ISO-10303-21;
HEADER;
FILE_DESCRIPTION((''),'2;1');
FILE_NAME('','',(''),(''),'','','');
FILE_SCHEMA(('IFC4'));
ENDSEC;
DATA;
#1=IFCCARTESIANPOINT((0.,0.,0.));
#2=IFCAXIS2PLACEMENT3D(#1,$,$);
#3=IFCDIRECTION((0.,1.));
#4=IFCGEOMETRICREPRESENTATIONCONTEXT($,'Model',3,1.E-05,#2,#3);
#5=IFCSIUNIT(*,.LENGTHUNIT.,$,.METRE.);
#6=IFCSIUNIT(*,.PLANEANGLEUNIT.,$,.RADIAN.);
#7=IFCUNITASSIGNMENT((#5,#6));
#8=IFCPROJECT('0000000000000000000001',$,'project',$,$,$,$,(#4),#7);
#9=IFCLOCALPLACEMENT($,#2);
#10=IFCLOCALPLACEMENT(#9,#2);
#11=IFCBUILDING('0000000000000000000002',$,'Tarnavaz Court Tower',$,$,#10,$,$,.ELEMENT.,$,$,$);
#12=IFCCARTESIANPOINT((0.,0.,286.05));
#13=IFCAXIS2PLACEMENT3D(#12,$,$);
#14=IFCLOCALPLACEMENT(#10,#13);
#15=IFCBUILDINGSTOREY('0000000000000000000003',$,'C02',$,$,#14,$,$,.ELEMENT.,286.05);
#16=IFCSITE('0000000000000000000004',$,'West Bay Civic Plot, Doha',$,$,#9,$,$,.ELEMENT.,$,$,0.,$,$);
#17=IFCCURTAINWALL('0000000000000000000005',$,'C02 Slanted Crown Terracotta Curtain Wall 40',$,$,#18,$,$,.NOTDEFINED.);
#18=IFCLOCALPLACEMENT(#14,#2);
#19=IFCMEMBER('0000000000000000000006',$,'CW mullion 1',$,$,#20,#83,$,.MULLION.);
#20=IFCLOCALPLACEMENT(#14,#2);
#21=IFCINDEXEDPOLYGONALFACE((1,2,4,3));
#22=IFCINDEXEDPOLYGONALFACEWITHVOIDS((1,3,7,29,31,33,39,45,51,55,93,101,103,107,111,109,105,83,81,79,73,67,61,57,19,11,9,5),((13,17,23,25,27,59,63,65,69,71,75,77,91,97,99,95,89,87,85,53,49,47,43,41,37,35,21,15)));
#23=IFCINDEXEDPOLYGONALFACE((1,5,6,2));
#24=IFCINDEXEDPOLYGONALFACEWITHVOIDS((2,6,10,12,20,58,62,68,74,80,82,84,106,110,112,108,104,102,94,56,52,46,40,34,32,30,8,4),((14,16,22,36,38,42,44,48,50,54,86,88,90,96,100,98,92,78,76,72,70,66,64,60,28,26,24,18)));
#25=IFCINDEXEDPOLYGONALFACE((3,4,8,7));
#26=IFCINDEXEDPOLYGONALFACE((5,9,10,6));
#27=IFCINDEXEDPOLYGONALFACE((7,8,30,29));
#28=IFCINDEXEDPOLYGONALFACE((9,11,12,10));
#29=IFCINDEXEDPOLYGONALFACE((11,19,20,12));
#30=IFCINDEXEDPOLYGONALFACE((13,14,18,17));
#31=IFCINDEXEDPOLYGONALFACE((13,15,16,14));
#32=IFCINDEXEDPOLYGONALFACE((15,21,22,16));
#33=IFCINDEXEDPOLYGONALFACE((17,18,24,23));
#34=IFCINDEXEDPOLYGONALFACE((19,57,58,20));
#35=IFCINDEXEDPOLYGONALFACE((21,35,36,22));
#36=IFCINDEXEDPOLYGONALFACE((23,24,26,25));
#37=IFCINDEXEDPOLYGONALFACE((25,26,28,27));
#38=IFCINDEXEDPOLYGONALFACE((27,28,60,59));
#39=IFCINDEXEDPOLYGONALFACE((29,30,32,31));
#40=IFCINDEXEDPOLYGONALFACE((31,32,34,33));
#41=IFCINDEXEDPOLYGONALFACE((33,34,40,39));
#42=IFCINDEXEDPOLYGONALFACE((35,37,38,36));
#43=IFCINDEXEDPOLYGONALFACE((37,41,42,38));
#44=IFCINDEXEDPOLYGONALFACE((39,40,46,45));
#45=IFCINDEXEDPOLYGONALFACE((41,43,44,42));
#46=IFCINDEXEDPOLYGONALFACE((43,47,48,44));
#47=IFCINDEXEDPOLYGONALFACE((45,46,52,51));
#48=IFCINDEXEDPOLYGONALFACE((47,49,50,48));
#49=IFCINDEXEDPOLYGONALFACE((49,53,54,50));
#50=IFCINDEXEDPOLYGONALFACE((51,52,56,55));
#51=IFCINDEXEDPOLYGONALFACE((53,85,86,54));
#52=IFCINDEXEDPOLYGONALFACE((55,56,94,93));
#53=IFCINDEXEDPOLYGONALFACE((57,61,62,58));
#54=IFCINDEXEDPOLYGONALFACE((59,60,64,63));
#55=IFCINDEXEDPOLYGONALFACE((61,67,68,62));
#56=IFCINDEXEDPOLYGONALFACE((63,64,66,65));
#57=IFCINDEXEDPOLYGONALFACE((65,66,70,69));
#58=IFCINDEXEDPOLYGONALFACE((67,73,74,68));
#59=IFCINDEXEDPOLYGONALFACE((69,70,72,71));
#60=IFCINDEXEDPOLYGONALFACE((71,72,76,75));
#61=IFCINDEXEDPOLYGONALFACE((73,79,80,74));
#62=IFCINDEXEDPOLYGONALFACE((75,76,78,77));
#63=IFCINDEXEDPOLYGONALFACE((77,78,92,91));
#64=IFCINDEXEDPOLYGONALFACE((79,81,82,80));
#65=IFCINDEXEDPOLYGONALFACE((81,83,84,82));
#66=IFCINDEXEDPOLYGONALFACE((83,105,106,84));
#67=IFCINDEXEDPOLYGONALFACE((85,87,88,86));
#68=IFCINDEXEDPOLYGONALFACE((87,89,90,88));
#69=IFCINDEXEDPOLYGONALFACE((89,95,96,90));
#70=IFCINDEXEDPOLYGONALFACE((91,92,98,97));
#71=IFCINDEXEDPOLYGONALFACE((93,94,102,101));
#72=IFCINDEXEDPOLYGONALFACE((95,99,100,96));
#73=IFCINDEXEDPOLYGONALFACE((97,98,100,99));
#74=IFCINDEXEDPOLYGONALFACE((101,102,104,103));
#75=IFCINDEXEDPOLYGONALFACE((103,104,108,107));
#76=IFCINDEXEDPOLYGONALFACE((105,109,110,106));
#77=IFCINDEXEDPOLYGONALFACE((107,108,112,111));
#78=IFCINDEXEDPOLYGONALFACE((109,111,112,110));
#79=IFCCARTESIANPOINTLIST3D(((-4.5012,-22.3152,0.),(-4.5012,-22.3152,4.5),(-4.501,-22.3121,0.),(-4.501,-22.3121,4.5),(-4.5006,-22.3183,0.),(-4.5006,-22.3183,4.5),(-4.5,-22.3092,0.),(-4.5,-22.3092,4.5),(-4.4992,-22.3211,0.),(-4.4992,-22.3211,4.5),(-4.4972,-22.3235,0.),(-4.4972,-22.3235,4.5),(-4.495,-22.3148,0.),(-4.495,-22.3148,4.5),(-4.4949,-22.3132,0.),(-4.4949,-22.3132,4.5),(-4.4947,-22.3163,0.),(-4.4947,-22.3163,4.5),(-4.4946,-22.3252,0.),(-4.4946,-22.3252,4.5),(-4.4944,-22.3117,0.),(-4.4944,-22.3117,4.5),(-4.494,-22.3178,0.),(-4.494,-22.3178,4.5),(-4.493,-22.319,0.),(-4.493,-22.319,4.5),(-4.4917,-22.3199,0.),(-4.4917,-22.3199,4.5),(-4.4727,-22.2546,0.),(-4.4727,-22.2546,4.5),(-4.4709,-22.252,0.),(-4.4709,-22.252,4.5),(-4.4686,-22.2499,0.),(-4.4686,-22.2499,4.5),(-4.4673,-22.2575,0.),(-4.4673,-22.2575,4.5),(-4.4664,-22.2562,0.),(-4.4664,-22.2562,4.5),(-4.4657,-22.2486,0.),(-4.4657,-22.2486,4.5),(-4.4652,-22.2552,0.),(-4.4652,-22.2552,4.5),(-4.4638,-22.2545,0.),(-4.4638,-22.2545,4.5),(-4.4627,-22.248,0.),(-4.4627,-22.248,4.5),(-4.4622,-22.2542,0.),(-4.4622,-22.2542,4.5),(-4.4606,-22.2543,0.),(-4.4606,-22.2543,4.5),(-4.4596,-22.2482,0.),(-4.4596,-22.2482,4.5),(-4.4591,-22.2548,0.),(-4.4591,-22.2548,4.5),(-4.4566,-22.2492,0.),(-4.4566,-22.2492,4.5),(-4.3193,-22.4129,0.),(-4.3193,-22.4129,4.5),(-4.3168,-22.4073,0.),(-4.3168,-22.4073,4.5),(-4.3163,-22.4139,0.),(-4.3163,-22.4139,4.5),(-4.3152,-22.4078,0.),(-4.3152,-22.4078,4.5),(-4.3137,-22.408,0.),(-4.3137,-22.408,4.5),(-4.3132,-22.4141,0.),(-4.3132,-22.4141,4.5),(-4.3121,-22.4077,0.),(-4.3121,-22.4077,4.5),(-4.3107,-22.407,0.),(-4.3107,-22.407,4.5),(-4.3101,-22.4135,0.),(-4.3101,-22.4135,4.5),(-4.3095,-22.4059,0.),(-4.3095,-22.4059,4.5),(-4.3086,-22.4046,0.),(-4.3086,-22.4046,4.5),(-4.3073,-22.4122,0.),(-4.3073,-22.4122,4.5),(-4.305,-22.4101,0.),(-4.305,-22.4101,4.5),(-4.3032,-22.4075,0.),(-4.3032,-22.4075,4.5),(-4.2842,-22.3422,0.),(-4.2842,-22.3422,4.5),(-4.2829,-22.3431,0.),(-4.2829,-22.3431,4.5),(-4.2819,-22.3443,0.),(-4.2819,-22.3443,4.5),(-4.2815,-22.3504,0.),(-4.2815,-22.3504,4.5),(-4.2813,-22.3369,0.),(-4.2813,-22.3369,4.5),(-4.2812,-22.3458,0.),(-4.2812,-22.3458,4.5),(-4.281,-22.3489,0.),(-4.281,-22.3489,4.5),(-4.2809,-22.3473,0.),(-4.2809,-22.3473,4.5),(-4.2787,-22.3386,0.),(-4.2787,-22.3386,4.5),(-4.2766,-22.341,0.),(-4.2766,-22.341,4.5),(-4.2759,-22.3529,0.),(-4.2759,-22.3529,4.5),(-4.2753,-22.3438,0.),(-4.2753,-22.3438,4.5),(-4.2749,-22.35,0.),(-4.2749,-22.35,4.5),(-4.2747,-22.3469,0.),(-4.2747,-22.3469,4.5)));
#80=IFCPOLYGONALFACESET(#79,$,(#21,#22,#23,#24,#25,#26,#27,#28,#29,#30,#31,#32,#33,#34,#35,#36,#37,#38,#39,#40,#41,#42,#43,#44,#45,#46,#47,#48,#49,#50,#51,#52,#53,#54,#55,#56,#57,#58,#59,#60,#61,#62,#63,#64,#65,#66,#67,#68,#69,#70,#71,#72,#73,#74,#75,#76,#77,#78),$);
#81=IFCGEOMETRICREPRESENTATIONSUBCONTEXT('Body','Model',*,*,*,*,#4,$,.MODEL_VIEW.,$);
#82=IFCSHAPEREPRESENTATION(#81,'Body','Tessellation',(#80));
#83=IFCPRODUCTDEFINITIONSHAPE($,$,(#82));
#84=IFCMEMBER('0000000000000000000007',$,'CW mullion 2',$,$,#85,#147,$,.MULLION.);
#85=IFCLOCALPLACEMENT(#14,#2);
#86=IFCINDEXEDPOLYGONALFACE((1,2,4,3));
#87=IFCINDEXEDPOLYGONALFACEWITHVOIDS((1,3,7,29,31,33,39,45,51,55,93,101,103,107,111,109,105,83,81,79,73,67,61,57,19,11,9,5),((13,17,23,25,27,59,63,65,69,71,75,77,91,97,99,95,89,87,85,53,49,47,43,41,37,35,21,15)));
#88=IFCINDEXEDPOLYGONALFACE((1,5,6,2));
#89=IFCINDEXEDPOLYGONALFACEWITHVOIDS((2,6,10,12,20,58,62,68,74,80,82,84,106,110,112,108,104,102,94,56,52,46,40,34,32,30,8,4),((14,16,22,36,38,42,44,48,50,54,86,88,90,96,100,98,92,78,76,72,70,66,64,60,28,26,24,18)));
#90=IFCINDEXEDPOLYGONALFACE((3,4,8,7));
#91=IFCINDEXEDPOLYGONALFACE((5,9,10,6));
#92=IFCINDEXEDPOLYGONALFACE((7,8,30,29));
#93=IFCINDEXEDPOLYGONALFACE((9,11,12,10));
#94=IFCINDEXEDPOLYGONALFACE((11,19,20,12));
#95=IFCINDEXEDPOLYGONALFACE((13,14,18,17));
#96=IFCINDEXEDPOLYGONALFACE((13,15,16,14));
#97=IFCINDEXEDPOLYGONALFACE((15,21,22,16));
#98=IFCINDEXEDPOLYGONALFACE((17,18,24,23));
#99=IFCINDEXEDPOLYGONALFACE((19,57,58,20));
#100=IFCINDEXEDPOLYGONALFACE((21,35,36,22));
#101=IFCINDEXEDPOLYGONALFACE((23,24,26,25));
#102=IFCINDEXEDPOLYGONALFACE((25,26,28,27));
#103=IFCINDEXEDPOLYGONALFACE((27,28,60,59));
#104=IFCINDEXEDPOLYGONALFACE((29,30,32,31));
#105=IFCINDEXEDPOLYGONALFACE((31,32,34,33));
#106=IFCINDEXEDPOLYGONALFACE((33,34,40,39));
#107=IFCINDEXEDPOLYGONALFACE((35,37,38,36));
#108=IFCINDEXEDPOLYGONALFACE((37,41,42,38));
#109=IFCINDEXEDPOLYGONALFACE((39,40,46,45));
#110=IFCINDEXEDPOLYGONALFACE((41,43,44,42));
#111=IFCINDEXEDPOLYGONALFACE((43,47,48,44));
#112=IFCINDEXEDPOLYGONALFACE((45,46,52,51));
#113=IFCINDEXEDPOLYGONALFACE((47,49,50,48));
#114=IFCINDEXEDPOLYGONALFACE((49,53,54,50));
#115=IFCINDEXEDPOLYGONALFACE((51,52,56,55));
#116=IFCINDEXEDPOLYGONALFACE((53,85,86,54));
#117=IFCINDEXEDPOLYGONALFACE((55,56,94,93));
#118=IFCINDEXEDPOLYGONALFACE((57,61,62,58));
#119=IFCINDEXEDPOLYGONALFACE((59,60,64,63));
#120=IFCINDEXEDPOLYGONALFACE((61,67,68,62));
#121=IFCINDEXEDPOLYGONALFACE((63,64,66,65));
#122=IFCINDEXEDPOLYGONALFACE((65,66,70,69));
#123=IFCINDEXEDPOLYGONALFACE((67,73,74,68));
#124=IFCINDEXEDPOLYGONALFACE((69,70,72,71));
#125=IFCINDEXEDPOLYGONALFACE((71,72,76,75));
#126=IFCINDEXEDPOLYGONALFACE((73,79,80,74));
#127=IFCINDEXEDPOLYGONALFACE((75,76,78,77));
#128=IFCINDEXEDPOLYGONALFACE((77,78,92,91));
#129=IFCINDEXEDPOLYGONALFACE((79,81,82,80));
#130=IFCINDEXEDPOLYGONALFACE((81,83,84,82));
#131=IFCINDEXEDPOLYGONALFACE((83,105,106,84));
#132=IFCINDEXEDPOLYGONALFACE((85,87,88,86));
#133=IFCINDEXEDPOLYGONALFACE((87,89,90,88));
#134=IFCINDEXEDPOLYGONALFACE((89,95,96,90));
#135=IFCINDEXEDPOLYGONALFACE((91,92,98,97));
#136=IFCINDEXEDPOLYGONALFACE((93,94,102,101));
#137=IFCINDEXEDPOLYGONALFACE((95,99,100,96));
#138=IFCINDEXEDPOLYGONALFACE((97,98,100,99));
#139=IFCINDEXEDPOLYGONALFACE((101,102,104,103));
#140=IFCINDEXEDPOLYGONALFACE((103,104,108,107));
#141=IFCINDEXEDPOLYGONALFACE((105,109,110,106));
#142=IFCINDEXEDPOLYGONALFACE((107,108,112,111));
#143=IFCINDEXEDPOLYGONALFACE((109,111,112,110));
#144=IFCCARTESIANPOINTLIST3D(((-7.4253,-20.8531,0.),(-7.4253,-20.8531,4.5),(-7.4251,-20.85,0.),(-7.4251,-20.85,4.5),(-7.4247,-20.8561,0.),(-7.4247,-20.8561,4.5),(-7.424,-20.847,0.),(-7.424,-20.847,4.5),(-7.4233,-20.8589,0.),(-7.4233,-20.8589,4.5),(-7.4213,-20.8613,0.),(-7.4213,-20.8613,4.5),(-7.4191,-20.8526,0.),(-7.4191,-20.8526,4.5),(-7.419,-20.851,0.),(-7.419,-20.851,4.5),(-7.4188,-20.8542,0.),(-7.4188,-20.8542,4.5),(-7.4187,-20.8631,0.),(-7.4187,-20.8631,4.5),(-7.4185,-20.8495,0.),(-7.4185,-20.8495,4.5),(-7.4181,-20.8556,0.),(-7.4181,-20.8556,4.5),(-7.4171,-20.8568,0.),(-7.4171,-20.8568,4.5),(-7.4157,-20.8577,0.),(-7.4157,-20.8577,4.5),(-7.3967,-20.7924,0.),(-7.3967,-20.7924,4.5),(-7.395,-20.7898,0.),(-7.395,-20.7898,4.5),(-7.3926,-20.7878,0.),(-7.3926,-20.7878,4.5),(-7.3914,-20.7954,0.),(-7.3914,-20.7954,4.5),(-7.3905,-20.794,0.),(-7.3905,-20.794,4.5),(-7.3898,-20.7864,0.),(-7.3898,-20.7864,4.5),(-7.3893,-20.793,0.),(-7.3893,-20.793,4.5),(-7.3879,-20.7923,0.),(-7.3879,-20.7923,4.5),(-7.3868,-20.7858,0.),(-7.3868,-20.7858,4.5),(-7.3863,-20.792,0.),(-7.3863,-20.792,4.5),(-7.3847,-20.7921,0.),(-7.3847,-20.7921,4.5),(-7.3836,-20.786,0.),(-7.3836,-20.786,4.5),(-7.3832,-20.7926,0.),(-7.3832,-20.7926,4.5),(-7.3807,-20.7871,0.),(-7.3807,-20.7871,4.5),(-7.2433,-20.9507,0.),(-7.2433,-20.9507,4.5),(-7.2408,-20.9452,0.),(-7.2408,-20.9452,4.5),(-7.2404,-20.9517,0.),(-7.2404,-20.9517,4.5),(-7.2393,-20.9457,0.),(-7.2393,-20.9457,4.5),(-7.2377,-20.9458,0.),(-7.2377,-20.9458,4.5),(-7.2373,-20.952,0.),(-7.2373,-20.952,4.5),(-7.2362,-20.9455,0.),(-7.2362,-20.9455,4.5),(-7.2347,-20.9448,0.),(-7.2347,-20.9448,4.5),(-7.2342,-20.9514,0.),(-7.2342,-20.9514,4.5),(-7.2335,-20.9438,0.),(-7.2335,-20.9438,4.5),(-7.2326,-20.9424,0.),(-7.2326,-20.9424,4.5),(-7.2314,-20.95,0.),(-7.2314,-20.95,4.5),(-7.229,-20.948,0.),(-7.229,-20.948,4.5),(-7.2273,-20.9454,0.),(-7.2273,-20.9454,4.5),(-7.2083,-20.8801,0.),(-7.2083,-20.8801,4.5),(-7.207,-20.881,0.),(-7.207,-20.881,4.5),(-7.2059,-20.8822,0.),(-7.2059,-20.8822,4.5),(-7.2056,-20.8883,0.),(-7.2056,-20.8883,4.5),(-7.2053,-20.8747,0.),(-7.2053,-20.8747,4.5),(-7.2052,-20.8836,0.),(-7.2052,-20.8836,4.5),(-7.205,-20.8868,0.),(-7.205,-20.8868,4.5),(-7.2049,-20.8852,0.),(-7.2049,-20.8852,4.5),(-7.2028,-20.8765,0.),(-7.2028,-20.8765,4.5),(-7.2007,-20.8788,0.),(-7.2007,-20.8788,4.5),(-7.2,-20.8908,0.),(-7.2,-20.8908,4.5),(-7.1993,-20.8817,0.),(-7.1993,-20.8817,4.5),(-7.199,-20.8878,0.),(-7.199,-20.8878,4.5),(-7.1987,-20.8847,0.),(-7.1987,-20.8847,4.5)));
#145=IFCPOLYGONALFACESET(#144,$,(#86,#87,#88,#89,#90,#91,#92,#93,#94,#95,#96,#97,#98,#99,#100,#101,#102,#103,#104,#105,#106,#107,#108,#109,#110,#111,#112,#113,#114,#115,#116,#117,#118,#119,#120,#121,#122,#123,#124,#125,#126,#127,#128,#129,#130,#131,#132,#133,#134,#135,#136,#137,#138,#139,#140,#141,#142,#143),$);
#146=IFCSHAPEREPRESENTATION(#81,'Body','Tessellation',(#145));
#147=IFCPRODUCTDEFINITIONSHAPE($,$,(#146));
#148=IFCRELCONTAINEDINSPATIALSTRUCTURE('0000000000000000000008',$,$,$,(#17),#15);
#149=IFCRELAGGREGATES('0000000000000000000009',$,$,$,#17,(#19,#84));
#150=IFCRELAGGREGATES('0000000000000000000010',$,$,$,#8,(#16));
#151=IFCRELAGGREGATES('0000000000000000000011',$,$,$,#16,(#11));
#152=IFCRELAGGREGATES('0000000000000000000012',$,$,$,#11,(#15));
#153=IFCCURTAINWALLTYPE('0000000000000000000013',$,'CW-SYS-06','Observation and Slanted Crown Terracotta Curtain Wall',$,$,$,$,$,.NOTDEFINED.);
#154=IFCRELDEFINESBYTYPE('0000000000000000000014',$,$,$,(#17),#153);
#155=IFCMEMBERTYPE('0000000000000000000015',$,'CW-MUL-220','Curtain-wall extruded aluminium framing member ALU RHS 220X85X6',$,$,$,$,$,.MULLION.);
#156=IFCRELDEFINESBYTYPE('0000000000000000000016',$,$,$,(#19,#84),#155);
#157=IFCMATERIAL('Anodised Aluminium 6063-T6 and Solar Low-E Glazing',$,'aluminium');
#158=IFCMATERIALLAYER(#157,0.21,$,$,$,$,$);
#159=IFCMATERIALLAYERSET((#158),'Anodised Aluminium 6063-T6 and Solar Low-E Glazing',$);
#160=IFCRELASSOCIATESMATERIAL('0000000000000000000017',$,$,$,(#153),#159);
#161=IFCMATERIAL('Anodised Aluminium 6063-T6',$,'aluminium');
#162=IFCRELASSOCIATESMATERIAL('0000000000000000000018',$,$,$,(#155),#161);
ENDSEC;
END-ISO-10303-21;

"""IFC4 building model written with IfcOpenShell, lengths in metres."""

from ifc_helpers import new_model, si_unit, direction, frame, origin, origin_2d, place, context, subcontext, project, spatial, hollow_rectangle, extrude, material, layer, layer_set, material_profile, profile_set, type_object, element, aggregate, save


model = new_model("IFC4")

# Units and contexts
model_context = context("Model", 3, precision=1e-05, world=origin(), true_north=direction((0.0, 1.0)))
body_context = subcontext(model_context, "Body", "Model", "MODEL_VIEW")
ifc_project = project(units=[si_unit("LENGTHUNIT", "METRE"), si_unit("PLANEANGLEUNIT", "RADIAN")], contexts=[model_context])

# Site, building, storey
site_placement = place(None, origin())
site = spatial("IfcSite", under=ifc_project, at=site_placement, Name="West Bay Civic Plot, Doha", CompositionType="ELEMENT", RefElevation=0.0)
building_placement = place(site_placement, origin())
building = spatial("IfcBuilding", under=site, at=building_placement, Name="Tarnavaz Court Tower", CompositionType="ELEMENT")
storey_placement = place(building_placement, frame((0.0, 0.0, 286.05)))
storey = spatial("IfcBuildingStorey", under=building, at=storey_placement, Name="C02", CompositionType="ELEMENT", Elevation=286.05)

# Shared definitions
ifc_material_1 = material(Name="Anodised Aluminium 6063-T6 and Solar Low-E Glazing", Category="aluminium")
ifc_layer_1 = layer(ifc_material_1, 0.21)
ifc_layer_set_1 = layer_set([ifc_layer_1], Name="Anodised Aluminium 6063-T6 and Solar Low-E Glazing")
curtain_wall_type = type_object("IfcCurtainWallType", Name="CW-SYS-06", Description="Observation and Slanted Crown Terracotta Curtain Wall", PredefinedType="NOTDEFINED", material=ifc_layer_set_1)
ifc_material_2 = material(Name="Anodised Aluminium 6063-T6", Category="aluminium")
ifc_material_profile_1 = material_profile(ifc_material_2, hollow_rectangle(XDim=0.085, YDim=0.22, WallThickness=0.0061, InnerFilletRadius=0.0061, OuterFilletRadius=0.012, at=origin_2d()), Name="ALU RHS 220X85X6")
ifc_profile_set_1 = profile_set([ifc_material_profile_1], Name="Anodised Aluminium 6063-T6")
member_type_1 = type_object("IfcMemberType", Name="CW-MUL-220", Description="Curtain-wall extruded aluminium framing member ALU RHS 220X85X6", PredefinedType="MULLION", material=ifc_profile_set_1)

# Curtain wall, members
curtain_wall_1_placement = place(storey_placement, origin())
curtain_wall_1 = element("IfcCurtainWall", 1, at=curtain_wall_1_placement, inside=storey, type_object=curtain_wall_type, Name="C02 Slanted Crown Terracotta Curtain Wall 40", PredefinedType="NOTDEFINED")
member_1_placement = place(storey_placement, frame((-4.3879, -22.3311, 0.0), z_axis=(0.0, 0.0, 1.0), x_axis=(-0.447214, -0.894427, 0.0)))
member_1 = element("IfcMember", 2, at=member_1_placement, type_object=member_type_1, Name="CW mullion 1", PredefinedType="MULLION", context=body_context, shape_type="SweptSolid", body=[
    extrude(hollow_rectangle(XDim=0.085, YDim=0.22, WallThickness=0.0061, InnerFilletRadius=0.0061, OuterFilletRadius=0.012, at=origin_2d()), origin(), (0.0, 0.0, 1.0), 4.5),
])
member_2_placement = place(storey_placement, frame((-7.312, -20.8689, 0.0), z_axis=(0.0, 0.0, 1.0), x_axis=(-0.447214, -0.894427, 0.0)))
member_2 = element("IfcMember", 3, at=member_2_placement, type_object=member_type_1, Name="CW mullion 2", PredefinedType="MULLION", context=body_context, shape_type="SweptSolid", body=[
    extrude(hollow_rectangle(XDim=0.085, YDim=0.22, WallThickness=0.0061, InnerFilletRadius=0.0061, OuterFilletRadius=0.012, at=origin_2d()), origin(), (0.0, 0.0, 1.0), 4.5),
])

aggregate(curtain_wall_1, [member_1, member_2])

save(model, "model.ifc")
